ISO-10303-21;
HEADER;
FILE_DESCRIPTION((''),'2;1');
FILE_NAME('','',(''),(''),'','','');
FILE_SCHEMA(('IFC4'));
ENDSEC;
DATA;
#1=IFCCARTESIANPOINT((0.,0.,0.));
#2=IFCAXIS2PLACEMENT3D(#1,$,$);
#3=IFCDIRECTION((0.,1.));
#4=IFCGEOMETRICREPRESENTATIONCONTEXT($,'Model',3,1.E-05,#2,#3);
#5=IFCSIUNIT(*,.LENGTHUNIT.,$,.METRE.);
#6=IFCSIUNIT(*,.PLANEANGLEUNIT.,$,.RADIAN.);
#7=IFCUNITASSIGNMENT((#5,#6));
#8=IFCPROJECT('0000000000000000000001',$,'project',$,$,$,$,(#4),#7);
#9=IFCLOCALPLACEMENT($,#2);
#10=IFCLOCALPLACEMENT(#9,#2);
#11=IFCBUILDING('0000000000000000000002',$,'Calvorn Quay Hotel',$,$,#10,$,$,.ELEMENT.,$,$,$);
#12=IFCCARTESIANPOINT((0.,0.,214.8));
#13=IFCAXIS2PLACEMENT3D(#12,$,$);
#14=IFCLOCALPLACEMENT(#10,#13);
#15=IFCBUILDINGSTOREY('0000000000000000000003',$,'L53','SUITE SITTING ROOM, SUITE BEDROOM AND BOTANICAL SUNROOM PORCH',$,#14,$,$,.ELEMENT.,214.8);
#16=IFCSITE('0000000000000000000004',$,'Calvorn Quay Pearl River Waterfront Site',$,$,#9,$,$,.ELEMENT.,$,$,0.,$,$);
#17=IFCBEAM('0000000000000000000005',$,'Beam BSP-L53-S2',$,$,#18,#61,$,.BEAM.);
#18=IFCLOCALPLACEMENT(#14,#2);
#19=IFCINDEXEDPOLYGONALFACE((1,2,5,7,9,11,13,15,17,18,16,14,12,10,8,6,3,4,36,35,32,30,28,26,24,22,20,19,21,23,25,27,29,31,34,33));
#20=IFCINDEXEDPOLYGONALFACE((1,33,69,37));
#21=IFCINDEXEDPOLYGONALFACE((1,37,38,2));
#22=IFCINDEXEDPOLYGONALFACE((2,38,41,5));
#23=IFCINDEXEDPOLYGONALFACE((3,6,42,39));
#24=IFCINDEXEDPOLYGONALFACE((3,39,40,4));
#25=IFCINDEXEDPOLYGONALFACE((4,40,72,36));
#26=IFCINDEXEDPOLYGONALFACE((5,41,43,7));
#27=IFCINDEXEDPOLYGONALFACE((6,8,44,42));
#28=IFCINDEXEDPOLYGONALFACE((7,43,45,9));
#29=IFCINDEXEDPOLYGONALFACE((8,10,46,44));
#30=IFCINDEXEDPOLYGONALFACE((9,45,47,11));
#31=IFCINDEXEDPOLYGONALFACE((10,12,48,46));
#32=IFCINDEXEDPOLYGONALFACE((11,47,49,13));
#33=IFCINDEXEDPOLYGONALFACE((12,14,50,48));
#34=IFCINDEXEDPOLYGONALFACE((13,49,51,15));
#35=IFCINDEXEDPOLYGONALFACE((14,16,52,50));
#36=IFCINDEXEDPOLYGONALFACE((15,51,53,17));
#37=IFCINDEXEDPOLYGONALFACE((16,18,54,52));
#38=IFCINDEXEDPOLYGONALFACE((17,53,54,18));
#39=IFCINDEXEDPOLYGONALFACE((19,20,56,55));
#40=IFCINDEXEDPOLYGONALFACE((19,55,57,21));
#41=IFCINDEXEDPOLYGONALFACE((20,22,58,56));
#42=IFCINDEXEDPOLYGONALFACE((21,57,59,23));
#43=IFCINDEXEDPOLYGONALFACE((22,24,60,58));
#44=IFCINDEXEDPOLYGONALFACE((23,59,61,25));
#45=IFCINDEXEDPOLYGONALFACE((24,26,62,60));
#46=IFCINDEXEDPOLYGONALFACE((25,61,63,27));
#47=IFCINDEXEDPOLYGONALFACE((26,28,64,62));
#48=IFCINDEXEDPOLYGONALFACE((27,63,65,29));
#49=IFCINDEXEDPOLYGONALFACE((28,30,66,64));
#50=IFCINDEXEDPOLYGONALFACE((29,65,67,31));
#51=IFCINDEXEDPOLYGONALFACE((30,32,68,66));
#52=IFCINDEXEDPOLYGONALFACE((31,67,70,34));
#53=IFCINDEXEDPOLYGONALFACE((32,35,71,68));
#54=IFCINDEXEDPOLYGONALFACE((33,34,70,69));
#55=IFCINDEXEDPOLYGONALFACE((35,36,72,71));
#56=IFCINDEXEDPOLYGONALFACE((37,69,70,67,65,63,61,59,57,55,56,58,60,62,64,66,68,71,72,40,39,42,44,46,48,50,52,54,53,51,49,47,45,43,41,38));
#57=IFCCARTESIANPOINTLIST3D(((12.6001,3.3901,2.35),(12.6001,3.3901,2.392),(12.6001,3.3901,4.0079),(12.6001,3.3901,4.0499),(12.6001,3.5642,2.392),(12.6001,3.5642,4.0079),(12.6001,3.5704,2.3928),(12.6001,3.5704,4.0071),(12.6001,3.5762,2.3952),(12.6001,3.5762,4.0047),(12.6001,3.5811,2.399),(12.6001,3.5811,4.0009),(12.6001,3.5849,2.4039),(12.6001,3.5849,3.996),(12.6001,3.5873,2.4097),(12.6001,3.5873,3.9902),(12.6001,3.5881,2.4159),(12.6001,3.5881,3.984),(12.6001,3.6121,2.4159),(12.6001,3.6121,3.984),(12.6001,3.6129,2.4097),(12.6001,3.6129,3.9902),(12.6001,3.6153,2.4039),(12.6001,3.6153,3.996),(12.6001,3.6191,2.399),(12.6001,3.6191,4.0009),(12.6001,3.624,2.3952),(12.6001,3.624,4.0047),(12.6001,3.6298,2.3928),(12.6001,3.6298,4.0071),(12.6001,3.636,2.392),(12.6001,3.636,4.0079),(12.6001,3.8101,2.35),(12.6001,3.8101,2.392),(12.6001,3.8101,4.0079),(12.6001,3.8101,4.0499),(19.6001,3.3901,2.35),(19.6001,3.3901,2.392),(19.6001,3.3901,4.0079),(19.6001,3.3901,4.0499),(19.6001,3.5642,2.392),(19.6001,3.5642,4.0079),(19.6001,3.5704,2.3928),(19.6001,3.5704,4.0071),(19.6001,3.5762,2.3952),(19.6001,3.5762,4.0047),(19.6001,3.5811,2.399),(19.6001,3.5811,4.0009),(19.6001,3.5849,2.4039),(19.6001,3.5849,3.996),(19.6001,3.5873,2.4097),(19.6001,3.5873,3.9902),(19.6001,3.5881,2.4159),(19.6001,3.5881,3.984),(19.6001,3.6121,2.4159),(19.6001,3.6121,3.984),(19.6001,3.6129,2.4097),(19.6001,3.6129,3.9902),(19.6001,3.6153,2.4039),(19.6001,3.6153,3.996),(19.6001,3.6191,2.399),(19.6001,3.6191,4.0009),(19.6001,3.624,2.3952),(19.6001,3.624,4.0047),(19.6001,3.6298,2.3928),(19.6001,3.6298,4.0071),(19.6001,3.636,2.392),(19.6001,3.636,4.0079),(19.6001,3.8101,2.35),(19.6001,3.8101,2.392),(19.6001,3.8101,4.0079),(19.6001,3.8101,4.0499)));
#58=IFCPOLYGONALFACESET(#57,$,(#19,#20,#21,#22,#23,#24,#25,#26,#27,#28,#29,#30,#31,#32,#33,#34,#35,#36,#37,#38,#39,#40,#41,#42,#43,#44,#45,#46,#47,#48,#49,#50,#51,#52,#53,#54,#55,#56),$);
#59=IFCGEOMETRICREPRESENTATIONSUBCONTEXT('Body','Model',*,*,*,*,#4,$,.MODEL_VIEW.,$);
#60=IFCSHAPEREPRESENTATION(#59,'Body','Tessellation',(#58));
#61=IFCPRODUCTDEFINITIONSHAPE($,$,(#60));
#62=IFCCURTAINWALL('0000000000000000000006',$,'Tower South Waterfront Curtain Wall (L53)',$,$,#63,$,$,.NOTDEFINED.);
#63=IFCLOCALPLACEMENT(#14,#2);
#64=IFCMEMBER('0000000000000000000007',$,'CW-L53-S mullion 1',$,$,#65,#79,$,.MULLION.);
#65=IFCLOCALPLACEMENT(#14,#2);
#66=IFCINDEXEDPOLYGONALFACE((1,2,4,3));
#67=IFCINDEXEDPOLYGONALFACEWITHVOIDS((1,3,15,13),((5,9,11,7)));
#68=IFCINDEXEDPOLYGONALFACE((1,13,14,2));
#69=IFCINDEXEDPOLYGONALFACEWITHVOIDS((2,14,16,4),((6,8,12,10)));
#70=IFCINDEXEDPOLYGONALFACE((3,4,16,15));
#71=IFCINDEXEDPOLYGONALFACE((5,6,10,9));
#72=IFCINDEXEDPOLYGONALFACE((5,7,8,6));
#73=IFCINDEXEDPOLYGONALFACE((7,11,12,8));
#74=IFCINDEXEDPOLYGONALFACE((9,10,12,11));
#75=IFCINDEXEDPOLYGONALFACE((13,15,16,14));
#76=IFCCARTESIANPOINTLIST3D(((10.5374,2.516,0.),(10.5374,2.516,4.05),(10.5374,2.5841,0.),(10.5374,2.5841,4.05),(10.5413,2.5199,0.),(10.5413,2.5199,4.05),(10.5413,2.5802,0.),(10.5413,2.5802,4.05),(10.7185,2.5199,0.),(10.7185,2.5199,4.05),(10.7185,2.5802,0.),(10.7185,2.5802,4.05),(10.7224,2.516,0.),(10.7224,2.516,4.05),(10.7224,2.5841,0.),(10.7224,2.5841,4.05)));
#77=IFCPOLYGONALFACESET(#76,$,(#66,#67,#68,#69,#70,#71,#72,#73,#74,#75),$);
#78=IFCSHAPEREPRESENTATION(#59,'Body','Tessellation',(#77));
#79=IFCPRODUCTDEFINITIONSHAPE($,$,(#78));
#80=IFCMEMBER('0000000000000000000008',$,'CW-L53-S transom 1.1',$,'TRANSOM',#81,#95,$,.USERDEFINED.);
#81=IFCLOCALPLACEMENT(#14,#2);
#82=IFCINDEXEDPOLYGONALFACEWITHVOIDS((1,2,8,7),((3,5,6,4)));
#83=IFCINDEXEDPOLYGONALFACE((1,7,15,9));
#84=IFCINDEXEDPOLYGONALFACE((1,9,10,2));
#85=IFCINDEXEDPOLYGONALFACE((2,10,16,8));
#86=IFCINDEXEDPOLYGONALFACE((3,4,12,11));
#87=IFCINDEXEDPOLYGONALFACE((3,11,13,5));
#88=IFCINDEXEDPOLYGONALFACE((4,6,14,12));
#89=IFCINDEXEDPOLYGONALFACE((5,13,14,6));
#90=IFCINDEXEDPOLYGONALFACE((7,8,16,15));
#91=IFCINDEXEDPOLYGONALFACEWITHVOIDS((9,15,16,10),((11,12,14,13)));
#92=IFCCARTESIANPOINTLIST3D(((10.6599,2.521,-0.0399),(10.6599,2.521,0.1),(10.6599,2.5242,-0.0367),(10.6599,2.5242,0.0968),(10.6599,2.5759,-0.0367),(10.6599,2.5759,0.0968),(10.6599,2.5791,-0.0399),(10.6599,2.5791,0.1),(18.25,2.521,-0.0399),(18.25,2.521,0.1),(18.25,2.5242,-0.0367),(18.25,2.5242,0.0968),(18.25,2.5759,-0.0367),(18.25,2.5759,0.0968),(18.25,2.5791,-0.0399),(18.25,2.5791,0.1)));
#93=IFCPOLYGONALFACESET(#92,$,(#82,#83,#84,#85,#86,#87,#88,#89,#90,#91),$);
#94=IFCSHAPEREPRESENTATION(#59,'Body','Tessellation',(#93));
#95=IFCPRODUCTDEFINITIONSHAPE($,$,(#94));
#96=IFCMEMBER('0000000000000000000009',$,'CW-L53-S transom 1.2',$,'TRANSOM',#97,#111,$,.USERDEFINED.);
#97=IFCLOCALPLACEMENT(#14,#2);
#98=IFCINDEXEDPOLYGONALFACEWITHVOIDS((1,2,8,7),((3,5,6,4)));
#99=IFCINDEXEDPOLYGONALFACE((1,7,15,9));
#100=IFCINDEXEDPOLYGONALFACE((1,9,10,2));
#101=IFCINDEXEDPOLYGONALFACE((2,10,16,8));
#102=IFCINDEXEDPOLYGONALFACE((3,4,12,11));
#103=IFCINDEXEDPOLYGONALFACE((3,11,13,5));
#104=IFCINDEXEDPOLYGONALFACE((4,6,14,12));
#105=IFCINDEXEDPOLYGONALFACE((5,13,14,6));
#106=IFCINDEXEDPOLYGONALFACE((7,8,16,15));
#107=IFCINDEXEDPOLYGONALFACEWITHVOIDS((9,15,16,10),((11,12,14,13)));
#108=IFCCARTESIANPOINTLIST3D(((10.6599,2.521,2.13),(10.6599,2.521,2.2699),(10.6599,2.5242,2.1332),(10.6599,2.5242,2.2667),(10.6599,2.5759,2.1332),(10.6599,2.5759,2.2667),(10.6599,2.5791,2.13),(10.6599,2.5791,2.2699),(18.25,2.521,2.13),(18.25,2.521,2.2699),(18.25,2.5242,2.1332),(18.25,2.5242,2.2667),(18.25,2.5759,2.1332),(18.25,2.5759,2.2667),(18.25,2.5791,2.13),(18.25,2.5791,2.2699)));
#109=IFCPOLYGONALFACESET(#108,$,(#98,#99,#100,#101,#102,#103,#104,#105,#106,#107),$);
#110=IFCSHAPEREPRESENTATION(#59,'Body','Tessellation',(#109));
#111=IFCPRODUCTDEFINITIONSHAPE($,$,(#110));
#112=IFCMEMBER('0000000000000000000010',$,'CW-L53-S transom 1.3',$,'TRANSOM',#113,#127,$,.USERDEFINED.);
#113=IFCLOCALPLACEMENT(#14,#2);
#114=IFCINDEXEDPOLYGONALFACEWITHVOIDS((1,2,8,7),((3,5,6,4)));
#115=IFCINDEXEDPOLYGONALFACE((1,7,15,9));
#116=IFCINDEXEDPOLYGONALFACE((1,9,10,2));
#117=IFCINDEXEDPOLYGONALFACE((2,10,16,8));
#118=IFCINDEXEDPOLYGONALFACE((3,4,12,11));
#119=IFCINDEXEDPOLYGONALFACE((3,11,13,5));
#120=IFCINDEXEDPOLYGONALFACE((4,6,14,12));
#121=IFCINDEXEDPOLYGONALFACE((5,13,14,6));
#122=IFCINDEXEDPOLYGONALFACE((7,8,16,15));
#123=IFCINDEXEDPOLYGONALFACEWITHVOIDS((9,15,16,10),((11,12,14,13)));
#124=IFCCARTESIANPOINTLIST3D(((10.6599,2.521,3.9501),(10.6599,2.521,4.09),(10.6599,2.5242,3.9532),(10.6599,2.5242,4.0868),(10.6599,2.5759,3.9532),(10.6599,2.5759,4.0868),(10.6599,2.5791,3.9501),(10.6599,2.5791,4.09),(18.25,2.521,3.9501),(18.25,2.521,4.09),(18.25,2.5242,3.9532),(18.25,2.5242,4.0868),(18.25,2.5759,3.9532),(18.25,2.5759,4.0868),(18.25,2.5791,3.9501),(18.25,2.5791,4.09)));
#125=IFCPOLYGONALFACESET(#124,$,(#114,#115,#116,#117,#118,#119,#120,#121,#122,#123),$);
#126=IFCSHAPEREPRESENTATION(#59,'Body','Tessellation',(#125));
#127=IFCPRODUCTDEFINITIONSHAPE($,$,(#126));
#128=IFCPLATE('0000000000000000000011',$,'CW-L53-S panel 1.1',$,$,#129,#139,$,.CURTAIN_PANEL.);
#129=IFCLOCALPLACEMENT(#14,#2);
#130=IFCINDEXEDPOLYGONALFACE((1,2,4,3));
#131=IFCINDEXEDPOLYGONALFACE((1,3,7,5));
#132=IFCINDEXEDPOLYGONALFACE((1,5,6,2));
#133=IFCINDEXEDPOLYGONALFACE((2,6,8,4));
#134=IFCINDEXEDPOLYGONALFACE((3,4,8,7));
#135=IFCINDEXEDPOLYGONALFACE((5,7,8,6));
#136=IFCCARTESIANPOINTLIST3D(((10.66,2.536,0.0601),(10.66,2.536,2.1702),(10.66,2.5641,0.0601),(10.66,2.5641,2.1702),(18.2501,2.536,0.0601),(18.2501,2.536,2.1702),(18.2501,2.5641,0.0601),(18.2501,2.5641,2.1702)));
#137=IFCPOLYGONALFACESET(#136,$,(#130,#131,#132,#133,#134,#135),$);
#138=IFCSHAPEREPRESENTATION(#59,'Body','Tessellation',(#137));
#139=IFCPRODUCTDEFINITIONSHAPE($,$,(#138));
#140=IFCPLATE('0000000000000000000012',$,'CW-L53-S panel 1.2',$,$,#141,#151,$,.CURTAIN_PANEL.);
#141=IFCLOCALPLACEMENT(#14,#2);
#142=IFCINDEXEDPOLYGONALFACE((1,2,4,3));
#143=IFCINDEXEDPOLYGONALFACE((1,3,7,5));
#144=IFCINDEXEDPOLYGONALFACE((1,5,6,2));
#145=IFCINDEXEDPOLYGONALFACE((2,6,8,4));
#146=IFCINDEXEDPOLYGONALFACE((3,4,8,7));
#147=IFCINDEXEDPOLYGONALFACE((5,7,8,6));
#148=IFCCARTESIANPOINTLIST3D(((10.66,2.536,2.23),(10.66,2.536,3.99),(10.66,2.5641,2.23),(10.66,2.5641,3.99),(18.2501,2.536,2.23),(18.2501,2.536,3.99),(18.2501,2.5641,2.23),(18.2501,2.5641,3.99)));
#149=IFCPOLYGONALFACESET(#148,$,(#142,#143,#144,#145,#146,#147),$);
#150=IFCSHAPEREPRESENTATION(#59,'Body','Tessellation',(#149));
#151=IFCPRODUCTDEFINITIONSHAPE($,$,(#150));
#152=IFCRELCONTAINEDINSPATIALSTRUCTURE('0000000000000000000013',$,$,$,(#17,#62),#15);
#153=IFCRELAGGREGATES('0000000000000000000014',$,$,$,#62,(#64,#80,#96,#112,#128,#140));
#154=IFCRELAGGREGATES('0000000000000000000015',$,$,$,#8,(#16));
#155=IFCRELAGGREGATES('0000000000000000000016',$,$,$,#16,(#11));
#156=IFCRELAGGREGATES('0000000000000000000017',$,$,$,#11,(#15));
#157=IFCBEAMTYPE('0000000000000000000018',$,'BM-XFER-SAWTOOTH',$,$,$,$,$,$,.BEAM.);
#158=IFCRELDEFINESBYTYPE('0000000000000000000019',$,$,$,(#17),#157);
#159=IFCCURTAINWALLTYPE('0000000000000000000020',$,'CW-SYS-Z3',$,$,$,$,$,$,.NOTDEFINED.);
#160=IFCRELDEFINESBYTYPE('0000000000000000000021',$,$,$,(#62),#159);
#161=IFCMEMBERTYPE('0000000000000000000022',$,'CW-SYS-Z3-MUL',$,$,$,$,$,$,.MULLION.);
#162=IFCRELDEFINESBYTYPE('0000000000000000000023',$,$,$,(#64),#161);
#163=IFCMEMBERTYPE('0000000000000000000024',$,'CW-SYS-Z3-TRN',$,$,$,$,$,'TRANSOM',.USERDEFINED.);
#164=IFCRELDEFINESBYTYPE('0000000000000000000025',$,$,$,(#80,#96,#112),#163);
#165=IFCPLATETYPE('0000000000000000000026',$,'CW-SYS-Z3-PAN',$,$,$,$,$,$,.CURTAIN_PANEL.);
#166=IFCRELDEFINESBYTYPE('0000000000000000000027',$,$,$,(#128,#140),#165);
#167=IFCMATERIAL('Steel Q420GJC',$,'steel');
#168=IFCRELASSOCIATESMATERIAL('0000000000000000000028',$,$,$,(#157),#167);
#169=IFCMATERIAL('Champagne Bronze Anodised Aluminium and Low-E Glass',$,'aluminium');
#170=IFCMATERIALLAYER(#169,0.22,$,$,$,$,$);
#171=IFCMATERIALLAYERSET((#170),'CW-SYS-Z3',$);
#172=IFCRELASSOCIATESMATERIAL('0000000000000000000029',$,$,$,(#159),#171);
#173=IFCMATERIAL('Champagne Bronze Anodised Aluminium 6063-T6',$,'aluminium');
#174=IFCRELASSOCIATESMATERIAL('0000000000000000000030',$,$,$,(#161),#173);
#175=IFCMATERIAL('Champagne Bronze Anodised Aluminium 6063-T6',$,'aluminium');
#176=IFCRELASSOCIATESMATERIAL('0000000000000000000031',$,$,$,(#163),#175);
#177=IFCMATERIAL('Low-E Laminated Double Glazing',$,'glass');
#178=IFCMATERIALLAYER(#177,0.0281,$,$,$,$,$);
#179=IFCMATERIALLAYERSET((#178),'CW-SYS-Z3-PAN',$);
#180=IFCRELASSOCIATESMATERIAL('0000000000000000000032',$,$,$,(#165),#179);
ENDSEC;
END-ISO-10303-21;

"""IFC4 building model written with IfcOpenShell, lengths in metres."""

from ifc_helpers import new_model, si_unit, direction, frame, origin, origin_2d, place, context, subcontext, project, spatial, rectangle, hollow_rectangle, i_section, extrude, material, layer, layer_set, material_profile, profile_set, type_object, element, aggregate, save


model = new_model("IFC4")

# Units and contexts
model_context = context("Model", 3, precision=1e-05, world=origin(), true_north=direction((0.0, 1.0)))
body_context = subcontext(model_context, "Body", "Model", "MODEL_VIEW")
ifc_project = project(units=[si_unit("LENGTHUNIT", "METRE"), si_unit("PLANEANGLEUNIT", "RADIAN")], contexts=[model_context])

# Site, building, storey
site_placement = place(None, origin())
site = spatial("IfcSite", under=ifc_project, at=site_placement, Name="Calvorn Quay Pearl River Waterfront Site", CompositionType="ELEMENT", RefElevation=0.0)
building_placement = place(site_placement, origin())
building = spatial("IfcBuilding", under=site, at=building_placement, Name="Calvorn Quay Hotel", CompositionType="ELEMENT")
storey_placement = place(building_placement, frame((0.0, 0.0, 214.8)))
storey = spatial("IfcBuildingStorey", under=building, at=storey_placement, Name="L53", Description="SUITE SITTING ROOM, SUITE BEDROOM AND BOTANICAL SUNROOM PORCH", CompositionType="ELEMENT", Elevation=214.8)

# Beam
ifc_material_1 = material(Name="Steel Q420GJC", Category="steel")
ifc_material_profile_1 = material_profile(ifc_material_1, i_section(OverallWidth=0.4199, OverallDepth=1.7, WebThickness=0.0239, FlangeThickness=0.042, FilletRadius=0.0239, at=origin_2d()), Name="HN1700x420x24x42")
ifc_profile_set_1 = profile_set([ifc_material_profile_1], Name="Steel Q420GJC")
beam_type_1 = type_object("IfcBeamType", Name="BM-XFER-SAWTOOTH", PredefinedType="BEAM", material=ifc_profile_set_1)
beam_1_placement = place(storey_placement, frame((12.6001, 3.6001, 3.2), z_axis=(1.0, 0.0, 0.0), x_axis=(0.0, 1.0, 0.0)))
element("IfcBeam", 1, at=beam_1_placement, inside=storey, type_object=beam_type_1, Name="Beam BSP-L53-S2", PredefinedType="BEAM", context=body_context, shape_type="SweptSolid", body=[
    extrude(i_section(OverallWidth=0.4199, OverallDepth=1.7, WebThickness=0.0239, FlangeThickness=0.042, FilletRadius=0.0239, at=origin_2d()), origin(), (0.0, 0.0, 1.0), 7.0),
])

# Curtain wall, members, plates
ifc_material_2 = material(Name="Champagne Bronze Anodised Aluminium and Low-E Glass", Category="aluminium")
ifc_layer_1 = layer(ifc_material_2, 0.22)
ifc_layer_set_1 = layer_set([ifc_layer_1], Name="CW-SYS-Z3")
curtain_wall_type = type_object("IfcCurtainWallType", Name="CW-SYS-Z3", PredefinedType="NOTDEFINED", material=ifc_layer_set_1)
curtain_wall_placement = place(storey_placement, origin())
curtain_wall = element("IfcCurtainWall", 2, at=curtain_wall_placement, inside=storey, type_object=curtain_wall_type, Name="Tower South Waterfront Curtain Wall (L53)", PredefinedType="NOTDEFINED")
ifc_material_3 = material(Name="Champagne Bronze Anodised Aluminium 6063-T6", Category="aluminium")
ifc_material_profile_2 = material_profile(ifc_material_3, hollow_rectangle(XDim=0.0681, YDim=0.1851, WallThickness=0.0039, at=origin_2d()), Name="ALU-M185x68x4")
ifc_profile_set_2 = profile_set([ifc_material_profile_2], Name="Champagne Bronze Anodised Aluminium 6063-T6")
member_type_1 = type_object("IfcMemberType", Name="CW-SYS-Z3-MUL", PredefinedType="MULLION", material=ifc_profile_set_2)
member_1_placement = place(storey_placement, frame((10.6299, 2.55, 0.0), z_axis=(0.0, 0.0, 1.0), x_axis=(0.0, 1.0, 0.0)))
member_1 = element("IfcMember", 3, at=member_1_placement, type_object=member_type_1, Name="CW-L53-S mullion 1", PredefinedType="MULLION", context=body_context, shape_type="SweptSolid", body=[
    extrude(hollow_rectangle(XDim=0.0681, YDim=0.1851, WallThickness=0.0039, at=origin_2d()), origin(), (0.0, 0.0, 1.0), 4.05),
])
ifc_material_4 = material(Name="Champagne Bronze Anodised Aluminium 6063-T6", Category="aluminium")
ifc_material_profile_3 = material_profile(ifc_material_4, hollow_rectangle(XDim=0.0581, YDim=0.1399, WallThickness=0.0032, at=origin_2d()), Name="ALU-T140x58x3.2")
ifc_profile_set_3 = profile_set([ifc_material_profile_3], Name="Champagne Bronze Anodised Aluminium 6063-T6")
member_type_2 = type_object("IfcMemberType", Name="CW-SYS-Z3-TRN", ElementType="TRANSOM", PredefinedType="USERDEFINED", material=ifc_profile_set_3)
member_2_placement = place(storey_placement, frame((10.6599, 2.55, 0.03), z_axis=(1.0, 0.0, 0.0), x_axis=(0.0, 1.0, 0.0)))
member_2 = element("IfcMember", 4, at=member_2_placement, type_object=member_type_2, Name="CW-L53-S transom 1.1", ObjectType="TRANSOM", PredefinedType="USERDEFINED", context=body_context, shape_type="SweptSolid", body=[
    extrude(hollow_rectangle(XDim=0.0581, YDim=0.1399, WallThickness=0.0032, at=origin_2d()), origin(), (0.0, 0.0, 1.0), 7.5901),
])
member_3_placement = place(storey_placement, frame((10.6599, 2.55, 2.2), z_axis=(1.0, 0.0, 0.0), x_axis=(0.0, 1.0, 0.0)))
member_3 = element("IfcMember", 5, at=member_3_placement, type_object=member_type_2, Name="CW-L53-S transom 1.2", ObjectType="TRANSOM", PredefinedType="USERDEFINED", context=body_context, shape_type="SweptSolid", body=[
    extrude(hollow_rectangle(XDim=0.0581, YDim=0.1399, WallThickness=0.0032, at=origin_2d()), origin(), (0.0, 0.0, 1.0), 7.5901),
])
member_4_placement = place(storey_placement, frame((10.6599, 2.55, 4.02), z_axis=(1.0, 0.0, 0.0), x_axis=(0.0, 1.0, 0.0)))
member_4 = element("IfcMember", 6, at=member_4_placement, type_object=member_type_2, Name="CW-L53-S transom 1.3", ObjectType="TRANSOM", PredefinedType="USERDEFINED", context=body_context, shape_type="SweptSolid", body=[
    extrude(hollow_rectangle(XDim=0.0581, YDim=0.1399, WallThickness=0.0032, at=origin_2d()), origin(), (0.0, 0.0, 1.0), 7.5901),
])
ifc_material_5 = material(Name="Low-E Laminated Double Glazing", Category="glass")
ifc_layer_2 = layer(ifc_material_5, 0.0281)
ifc_layer_set_2 = layer_set([ifc_layer_2], Name="CW-SYS-Z3-PAN")
plate_type = type_object("IfcPlateType", Name="CW-SYS-Z3-PAN", PredefinedType="CURTAIN_PANEL", material=ifc_layer_set_2)
plate_1_placement = place(storey_placement, frame((14.4551, 2.55, 0.0601), z_axis=(0.0, 0.0, 1.0), x_axis=(1.0, 0.0, 0.0)))
plate_1 = element("IfcPlate", 7, at=plate_1_placement, type_object=plate_type, Name="CW-L53-S panel 1.1", PredefinedType="CURTAIN_PANEL", context=body_context, shape_type="SweptSolid", body=[
    extrude(rectangle(XDim=7.5901, YDim=0.0281, at=origin_2d()), origin(), (0.0, 0.0, 1.0), 2.1101),
])
plate_2_placement = place(storey_placement, frame((14.4551, 2.55, 2.23), z_axis=(0.0, 0.0, 1.0), x_axis=(1.0, 0.0, 0.0)))
plate_2 = element("IfcPlate", 8, at=plate_2_placement, type_object=plate_type, Name="CW-L53-S panel 1.2", PredefinedType="CURTAIN_PANEL", context=body_context, shape_type="SweptSolid", body=[
    extrude(rectangle(XDim=7.5901, YDim=0.0281, at=origin_2d()), origin(), (0.0, 0.0, 1.0), 1.76),
])
aggregate(curtain_wall, [member_1, member_2, member_3, member_4, plate_1, plate_2])

save(model, "model.ifc")
